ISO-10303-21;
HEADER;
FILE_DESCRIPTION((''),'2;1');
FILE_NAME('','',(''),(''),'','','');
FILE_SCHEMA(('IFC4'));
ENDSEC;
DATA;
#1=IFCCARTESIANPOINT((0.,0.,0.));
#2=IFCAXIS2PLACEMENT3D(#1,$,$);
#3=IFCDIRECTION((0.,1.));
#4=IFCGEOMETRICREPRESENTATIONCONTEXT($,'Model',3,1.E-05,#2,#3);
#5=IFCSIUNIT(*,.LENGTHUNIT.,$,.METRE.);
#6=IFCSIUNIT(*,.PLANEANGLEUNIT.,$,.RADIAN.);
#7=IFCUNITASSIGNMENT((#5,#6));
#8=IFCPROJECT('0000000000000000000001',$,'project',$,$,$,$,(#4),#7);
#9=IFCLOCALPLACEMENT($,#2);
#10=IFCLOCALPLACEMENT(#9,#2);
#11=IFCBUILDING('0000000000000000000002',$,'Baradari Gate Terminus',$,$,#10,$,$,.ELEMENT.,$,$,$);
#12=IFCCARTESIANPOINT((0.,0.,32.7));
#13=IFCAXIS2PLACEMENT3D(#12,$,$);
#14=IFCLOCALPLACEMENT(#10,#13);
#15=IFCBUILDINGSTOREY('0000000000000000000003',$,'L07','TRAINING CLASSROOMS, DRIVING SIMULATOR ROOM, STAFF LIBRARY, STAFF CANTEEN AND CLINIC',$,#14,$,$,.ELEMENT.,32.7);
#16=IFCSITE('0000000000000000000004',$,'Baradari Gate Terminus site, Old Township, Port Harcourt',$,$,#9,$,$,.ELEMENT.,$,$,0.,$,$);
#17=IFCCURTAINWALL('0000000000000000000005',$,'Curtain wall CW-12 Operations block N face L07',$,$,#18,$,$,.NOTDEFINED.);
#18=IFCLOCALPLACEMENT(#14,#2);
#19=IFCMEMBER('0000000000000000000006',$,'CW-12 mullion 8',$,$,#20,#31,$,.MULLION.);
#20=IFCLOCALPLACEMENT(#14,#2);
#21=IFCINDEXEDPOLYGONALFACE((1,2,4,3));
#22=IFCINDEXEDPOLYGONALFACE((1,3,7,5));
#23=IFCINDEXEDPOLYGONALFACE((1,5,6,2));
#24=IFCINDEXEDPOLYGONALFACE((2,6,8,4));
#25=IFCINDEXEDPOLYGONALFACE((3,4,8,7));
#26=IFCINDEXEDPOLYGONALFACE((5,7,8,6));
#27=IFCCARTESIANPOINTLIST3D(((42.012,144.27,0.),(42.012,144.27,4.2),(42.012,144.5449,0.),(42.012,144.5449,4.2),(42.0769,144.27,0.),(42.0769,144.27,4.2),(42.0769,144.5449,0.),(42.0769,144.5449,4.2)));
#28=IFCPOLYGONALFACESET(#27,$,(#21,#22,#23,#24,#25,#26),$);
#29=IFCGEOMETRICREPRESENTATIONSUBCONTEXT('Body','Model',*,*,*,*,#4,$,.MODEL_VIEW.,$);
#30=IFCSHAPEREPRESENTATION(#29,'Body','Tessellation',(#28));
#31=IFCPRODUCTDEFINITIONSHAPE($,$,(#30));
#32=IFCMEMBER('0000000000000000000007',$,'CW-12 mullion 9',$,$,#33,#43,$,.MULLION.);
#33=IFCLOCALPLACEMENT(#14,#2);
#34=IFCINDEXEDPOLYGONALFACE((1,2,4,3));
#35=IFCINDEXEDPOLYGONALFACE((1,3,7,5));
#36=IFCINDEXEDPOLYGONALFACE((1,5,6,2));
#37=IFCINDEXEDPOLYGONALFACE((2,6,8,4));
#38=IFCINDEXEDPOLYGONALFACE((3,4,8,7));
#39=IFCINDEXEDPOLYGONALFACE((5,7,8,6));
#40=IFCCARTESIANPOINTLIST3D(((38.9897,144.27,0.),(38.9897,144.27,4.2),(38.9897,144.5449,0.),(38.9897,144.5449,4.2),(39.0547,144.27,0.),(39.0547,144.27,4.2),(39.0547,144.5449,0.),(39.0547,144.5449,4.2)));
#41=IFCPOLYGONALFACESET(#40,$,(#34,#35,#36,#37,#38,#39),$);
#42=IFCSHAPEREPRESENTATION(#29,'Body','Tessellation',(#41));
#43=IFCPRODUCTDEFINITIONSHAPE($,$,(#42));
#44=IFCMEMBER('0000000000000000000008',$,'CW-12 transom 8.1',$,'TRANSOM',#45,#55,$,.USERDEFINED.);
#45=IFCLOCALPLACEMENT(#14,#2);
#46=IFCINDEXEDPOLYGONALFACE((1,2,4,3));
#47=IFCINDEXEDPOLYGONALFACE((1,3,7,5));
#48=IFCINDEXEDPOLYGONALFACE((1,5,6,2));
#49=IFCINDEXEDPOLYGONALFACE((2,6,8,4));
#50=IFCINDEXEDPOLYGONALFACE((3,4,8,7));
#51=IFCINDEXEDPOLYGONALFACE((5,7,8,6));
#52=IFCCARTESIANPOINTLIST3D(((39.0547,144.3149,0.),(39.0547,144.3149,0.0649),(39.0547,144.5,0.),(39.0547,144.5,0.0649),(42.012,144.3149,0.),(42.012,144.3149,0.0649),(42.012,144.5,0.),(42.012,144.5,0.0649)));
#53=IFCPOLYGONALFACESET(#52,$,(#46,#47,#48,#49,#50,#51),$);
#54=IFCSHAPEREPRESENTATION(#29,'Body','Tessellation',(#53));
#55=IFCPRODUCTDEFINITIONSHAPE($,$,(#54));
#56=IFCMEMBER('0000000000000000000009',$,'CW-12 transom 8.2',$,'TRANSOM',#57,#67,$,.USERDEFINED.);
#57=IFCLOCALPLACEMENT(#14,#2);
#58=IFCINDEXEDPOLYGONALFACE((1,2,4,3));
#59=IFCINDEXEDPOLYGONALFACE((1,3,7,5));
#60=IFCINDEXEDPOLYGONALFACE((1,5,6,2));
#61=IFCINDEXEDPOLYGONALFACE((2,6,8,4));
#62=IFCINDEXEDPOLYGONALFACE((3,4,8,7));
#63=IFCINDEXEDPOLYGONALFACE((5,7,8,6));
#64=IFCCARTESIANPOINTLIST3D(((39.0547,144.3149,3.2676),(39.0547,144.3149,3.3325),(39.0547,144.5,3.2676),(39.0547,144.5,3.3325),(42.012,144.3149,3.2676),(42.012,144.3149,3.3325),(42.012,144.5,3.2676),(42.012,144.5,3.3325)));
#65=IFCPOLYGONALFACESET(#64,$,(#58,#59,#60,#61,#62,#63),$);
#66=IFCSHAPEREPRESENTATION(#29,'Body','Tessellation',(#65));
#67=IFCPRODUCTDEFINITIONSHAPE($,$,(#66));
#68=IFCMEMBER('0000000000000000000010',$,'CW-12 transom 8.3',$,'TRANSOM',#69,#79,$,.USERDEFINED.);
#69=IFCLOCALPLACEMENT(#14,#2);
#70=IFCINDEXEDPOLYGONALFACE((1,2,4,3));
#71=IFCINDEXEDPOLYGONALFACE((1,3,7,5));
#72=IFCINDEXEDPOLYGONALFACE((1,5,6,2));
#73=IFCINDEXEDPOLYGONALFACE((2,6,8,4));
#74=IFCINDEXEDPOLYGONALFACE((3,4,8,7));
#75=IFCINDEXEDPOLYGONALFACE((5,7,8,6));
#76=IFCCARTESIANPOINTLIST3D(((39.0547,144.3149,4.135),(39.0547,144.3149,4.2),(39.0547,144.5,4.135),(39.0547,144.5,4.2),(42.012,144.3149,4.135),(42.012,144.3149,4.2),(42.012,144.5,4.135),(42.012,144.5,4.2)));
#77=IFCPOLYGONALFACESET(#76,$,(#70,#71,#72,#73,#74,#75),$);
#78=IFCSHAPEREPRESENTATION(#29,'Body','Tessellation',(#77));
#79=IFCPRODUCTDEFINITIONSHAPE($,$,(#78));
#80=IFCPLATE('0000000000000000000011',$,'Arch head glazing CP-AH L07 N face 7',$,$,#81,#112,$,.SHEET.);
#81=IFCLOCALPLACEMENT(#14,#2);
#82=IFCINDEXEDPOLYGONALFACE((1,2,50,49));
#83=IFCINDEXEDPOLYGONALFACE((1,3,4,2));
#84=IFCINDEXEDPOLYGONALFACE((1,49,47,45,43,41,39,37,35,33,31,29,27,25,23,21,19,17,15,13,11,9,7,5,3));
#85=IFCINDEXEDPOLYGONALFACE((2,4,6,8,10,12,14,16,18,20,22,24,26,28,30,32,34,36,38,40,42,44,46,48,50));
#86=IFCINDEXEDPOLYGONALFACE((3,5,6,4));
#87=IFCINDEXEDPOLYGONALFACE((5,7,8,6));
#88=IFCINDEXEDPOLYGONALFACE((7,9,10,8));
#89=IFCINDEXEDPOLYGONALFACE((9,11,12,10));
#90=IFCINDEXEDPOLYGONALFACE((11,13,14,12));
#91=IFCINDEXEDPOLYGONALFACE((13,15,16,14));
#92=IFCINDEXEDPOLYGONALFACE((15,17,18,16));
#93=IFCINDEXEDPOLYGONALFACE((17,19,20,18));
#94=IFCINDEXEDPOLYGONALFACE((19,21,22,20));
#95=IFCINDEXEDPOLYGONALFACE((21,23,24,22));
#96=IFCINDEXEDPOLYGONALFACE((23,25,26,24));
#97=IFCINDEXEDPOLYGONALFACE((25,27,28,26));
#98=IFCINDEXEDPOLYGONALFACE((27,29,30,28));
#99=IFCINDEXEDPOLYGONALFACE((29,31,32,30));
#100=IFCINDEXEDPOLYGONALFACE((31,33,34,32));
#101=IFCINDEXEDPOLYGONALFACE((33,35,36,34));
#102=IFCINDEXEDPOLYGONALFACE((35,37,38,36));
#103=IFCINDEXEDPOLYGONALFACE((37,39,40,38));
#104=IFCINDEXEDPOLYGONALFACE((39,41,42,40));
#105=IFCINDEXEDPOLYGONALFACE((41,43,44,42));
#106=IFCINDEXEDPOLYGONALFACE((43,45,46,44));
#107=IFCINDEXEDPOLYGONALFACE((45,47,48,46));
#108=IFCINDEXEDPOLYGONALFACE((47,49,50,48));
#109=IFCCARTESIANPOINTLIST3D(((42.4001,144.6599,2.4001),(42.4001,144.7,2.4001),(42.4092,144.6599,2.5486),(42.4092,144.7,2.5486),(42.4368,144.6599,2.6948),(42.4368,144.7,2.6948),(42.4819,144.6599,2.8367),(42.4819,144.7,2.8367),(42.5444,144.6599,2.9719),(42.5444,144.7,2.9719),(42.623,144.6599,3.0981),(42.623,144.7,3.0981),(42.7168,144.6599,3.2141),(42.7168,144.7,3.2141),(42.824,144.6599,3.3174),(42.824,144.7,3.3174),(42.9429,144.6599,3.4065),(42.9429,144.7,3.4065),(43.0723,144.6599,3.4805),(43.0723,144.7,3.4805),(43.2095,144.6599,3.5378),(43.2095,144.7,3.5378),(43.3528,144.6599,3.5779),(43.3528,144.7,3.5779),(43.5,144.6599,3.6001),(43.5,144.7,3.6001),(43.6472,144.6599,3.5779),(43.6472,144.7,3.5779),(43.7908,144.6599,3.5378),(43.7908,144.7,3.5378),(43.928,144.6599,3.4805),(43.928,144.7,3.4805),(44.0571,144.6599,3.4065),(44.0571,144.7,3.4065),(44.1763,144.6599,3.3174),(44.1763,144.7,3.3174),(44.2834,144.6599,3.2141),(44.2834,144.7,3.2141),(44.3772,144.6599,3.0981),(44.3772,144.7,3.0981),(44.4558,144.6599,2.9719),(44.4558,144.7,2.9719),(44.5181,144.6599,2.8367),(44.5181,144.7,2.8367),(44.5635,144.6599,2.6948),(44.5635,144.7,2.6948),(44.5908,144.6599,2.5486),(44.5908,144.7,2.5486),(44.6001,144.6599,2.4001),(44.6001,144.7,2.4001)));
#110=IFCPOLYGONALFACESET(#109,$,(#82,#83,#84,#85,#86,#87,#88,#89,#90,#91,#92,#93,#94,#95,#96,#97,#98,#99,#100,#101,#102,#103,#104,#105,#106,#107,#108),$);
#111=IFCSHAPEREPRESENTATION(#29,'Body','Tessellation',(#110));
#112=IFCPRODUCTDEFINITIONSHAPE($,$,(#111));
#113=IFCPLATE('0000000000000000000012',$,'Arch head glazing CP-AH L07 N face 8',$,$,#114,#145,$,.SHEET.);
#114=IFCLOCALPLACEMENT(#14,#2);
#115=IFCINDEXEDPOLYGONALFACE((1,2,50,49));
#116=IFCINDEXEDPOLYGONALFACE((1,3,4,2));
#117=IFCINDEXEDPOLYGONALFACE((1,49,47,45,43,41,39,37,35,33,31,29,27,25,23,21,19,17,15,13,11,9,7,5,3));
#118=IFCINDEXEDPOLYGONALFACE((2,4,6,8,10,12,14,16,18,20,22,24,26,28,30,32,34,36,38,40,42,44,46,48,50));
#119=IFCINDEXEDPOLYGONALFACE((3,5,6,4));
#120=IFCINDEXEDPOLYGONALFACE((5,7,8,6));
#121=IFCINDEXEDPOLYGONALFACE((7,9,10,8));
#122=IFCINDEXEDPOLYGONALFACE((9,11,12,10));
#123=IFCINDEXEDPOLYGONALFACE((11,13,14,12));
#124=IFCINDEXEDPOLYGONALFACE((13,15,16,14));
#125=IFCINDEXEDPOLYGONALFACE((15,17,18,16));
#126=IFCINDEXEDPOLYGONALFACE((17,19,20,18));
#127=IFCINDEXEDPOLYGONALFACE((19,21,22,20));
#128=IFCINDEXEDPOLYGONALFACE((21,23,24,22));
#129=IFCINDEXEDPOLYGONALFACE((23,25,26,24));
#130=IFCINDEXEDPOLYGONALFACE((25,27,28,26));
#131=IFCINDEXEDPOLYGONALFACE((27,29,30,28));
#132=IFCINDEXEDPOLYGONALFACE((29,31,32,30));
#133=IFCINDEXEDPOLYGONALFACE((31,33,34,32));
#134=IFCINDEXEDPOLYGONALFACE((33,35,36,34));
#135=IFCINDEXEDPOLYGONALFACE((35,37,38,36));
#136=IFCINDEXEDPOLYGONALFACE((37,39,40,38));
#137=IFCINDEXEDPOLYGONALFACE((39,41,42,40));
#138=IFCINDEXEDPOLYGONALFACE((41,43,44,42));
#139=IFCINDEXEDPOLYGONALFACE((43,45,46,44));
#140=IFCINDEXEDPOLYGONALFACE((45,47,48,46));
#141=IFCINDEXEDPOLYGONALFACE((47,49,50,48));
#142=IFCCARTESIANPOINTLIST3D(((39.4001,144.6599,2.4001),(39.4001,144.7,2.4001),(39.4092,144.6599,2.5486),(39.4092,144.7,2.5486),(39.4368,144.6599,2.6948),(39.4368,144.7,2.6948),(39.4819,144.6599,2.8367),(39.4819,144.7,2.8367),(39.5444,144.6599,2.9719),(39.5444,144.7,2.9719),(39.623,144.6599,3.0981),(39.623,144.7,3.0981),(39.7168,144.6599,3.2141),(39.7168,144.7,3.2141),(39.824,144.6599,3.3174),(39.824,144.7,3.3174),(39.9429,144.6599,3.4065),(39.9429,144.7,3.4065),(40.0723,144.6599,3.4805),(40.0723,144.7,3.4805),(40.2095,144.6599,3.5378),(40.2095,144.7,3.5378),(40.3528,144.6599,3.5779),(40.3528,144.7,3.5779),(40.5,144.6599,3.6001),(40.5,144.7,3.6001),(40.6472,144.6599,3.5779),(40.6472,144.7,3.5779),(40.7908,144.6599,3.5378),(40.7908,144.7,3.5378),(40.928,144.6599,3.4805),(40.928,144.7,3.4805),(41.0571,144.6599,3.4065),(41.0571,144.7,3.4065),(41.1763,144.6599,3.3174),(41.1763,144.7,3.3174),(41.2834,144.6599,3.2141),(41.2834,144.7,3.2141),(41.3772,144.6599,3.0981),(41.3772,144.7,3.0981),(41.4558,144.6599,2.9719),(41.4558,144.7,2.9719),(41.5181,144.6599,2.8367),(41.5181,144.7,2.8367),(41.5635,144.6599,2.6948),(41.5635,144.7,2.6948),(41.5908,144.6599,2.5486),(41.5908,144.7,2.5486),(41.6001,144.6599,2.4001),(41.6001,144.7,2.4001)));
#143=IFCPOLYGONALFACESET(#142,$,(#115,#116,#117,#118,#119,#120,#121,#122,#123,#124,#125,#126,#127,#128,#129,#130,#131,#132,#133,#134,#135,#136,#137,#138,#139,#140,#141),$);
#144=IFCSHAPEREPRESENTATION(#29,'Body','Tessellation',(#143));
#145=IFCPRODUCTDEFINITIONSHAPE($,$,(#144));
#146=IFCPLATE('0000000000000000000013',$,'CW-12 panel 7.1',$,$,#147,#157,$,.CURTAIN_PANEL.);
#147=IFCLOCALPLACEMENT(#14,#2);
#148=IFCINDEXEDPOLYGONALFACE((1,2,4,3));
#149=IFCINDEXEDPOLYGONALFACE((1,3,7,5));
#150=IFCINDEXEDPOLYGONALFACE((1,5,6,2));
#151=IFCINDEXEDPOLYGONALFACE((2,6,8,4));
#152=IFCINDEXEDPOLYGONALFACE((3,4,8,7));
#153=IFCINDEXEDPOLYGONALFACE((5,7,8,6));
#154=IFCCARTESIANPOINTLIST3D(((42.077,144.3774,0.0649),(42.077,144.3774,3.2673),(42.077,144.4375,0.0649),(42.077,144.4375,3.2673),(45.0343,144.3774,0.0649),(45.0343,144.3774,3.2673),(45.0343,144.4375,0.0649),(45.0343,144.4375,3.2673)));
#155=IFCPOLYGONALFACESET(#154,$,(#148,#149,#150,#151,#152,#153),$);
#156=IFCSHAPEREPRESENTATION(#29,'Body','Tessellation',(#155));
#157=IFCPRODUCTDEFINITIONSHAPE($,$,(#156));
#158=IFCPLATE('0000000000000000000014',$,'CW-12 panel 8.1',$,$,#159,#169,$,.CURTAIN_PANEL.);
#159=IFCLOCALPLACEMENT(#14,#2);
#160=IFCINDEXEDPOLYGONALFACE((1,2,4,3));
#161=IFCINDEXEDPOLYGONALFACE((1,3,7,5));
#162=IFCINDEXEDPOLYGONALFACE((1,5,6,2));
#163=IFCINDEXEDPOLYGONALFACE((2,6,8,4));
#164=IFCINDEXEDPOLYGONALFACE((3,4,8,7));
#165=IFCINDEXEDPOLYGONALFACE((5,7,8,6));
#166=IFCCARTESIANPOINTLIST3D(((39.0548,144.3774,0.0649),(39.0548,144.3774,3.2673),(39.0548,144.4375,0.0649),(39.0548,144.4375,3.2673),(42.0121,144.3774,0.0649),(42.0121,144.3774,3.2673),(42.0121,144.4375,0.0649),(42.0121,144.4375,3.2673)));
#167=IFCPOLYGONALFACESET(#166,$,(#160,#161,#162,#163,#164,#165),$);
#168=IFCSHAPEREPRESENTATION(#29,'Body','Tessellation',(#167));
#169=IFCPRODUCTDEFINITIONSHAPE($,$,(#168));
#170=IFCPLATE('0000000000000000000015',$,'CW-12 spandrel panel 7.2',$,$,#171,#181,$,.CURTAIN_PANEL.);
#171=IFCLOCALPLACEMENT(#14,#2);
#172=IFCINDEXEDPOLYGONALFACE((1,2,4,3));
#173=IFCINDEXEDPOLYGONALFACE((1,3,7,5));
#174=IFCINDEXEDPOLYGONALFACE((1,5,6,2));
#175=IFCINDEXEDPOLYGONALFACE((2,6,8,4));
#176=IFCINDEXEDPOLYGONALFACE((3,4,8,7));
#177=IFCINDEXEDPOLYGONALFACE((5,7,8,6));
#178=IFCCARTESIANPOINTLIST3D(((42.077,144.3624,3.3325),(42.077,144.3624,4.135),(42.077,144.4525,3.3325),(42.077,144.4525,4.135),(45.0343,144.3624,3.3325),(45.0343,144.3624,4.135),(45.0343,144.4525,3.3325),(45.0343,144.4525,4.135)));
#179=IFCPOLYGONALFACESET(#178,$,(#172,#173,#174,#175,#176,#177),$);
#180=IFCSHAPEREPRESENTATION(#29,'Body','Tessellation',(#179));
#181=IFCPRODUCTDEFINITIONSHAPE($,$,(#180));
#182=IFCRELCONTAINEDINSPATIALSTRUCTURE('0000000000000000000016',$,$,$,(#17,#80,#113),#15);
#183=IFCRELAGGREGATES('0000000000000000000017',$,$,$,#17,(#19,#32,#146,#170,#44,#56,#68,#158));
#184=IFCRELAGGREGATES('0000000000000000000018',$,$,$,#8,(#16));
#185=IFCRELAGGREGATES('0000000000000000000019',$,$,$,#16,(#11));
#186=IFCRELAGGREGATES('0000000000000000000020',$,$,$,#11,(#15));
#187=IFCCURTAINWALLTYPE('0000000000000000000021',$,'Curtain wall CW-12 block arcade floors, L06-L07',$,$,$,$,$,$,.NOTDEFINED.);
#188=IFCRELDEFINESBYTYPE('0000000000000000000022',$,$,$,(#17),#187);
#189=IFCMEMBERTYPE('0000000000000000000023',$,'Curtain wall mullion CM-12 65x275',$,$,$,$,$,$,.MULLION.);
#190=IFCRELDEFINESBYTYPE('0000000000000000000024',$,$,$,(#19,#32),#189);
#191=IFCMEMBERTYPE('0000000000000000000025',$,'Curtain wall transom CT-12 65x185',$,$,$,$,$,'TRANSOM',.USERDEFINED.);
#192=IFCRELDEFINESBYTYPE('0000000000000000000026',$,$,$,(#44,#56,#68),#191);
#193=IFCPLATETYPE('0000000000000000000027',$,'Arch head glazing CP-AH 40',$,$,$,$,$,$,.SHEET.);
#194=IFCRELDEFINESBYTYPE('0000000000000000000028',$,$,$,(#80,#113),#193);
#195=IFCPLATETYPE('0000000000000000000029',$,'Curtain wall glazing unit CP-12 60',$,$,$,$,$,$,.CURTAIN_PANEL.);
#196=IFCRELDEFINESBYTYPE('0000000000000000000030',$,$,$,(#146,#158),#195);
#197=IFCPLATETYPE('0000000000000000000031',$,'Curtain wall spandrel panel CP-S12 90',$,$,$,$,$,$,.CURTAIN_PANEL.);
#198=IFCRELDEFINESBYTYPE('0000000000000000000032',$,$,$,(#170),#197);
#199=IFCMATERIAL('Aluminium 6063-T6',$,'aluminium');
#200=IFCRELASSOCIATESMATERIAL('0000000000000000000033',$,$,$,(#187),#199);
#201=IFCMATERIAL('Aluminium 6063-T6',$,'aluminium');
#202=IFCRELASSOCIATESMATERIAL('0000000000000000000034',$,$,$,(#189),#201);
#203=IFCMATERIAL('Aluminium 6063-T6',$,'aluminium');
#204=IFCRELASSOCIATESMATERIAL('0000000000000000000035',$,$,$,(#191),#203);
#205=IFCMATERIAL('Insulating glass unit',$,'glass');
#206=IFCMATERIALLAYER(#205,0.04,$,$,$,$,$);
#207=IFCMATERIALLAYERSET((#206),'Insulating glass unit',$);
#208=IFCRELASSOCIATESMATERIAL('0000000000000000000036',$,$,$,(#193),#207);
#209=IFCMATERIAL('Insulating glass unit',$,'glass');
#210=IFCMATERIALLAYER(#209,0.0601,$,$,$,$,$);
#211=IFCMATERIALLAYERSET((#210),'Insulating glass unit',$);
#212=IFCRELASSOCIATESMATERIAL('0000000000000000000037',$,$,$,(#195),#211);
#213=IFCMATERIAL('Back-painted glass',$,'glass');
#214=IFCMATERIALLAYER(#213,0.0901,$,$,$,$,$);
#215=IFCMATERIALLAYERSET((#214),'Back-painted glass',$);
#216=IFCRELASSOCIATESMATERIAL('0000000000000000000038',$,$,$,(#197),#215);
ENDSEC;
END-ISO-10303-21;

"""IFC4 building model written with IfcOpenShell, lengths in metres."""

from ifc_helpers import new_model, si_unit, direction, frame, origin, origin_2d, place, context, subcontext, project, spatial, polyline, rectangle, outline, extrude, material, layer, layer_set, material_profile, profile_set, type_object, element, aggregate, save


model = new_model("IFC4")

# Units and contexts
model_context = context("Model", 3, precision=1e-05, world=origin(), true_north=direction((0.0, 1.0)))
body_context = subcontext(model_context, "Body", "Model", "MODEL_VIEW")
ifc_project = project(units=[si_unit("LENGTHUNIT", "METRE"), si_unit("PLANEANGLEUNIT", "RADIAN")], contexts=[model_context])

# Site, building, storey
site_placement = place(None, origin())
site = spatial("IfcSite", under=ifc_project, at=site_placement, Name="Baradari Gate Terminus site, Old Township, Port Harcourt", CompositionType="ELEMENT", RefElevation=0.0)
building_placement = place(site_placement, origin())
building = spatial("IfcBuilding", under=site, at=building_placement, Name="Baradari Gate Terminus", CompositionType="ELEMENT")
storey_placement = place(building_placement, frame((0.0, 0.0, 32.7)))
storey = spatial("IfcBuildingStorey", under=building, at=storey_placement, Name="L07", Description="TRAINING CLASSROOMS, DRIVING SIMULATOR ROOM, STAFF LIBRARY, STAFF CANTEEN AND CLINIC", CompositionType="ELEMENT", Elevation=32.7)

# Curtain wall, members
ifc_material_1 = material(Name="Aluminium 6063-T6", Category="aluminium")
curtain_wall_type = type_object("IfcCurtainWallType", Name="Curtain wall CW-12 block arcade floors, L06-L07", PredefinedType="NOTDEFINED", material=ifc_material_1)
curtain_wall_placement = place(storey_placement, origin())
curtain_wall = element("IfcCurtainWall", 1, at=curtain_wall_placement, inside=storey, type_object=curtain_wall_type, Name="Curtain wall CW-12 Operations block N face L07", PredefinedType="NOTDEFINED")
ifc_material_2 = material(Name="Aluminium 6063-T6", Category="aluminium")
ifc_material_profile_1 = material_profile(ifc_material_2, rectangle(XDim=0.2749, YDim=0.0649, at=origin_2d()), Name="CM-12 65X275")
ifc_profile_set_1 = profile_set([ifc_material_profile_1], Name="Aluminium 6063-T6")
member_type_1 = type_object("IfcMemberType", Name="Curtain wall mullion CM-12 65x275", PredefinedType="MULLION", material=ifc_profile_set_1)
member_1_placement = place(storey_placement, frame((42.0444, 144.4075, 0.0), z_axis=(0.0, 0.0, 1.0), x_axis=(0.0, -1.0, 0.0)))
member_1 = element("IfcMember", 2, at=member_1_placement, type_object=member_type_1, Name="CW-12 mullion 8", PredefinedType="MULLION", context=body_context, shape_type="SweptSolid", body=[
    extrude(rectangle(XDim=0.2749, YDim=0.0649, at=origin_2d()), origin(), (0.0, 0.0, 1.0), 4.2),
])
member_2_placement = place(storey_placement, frame((39.0222, 144.4075, 0.0), z_axis=(0.0, 0.0, 1.0), x_axis=(0.0, -1.0, 0.0)))
member_2 = element("IfcMember", 3, at=member_2_placement, type_object=member_type_1, Name="CW-12 mullion 9", PredefinedType="MULLION", context=body_context, shape_type="SweptSolid", body=[
    extrude(rectangle(XDim=0.2749, YDim=0.0649, at=origin_2d()), origin(), (0.0, 0.0, 1.0), 4.2),
])
ifc_material_3 = material(Name="Aluminium 6063-T6", Category="aluminium")
ifc_material_profile_2 = material_profile(ifc_material_3, rectangle(XDim=0.1851, YDim=0.0649, at=origin_2d()), Name="CT-12 65X185")
ifc_profile_set_2 = profile_set([ifc_material_profile_2], Name="Aluminium 6063-T6")
member_type_2 = type_object("IfcMemberType", Name="Curtain wall transom CT-12 65x185", ElementType="TRANSOM", PredefinedType="USERDEFINED", material=ifc_profile_set_2)
member_3_placement = place(storey_placement, frame((42.012, 144.4075, 0.0325), z_axis=(-1.0, 0.0, 0.0), x_axis=(0.0, -1.0, 0.0)))
member_3 = element("IfcMember", 4, at=member_3_placement, type_object=member_type_2, Name="CW-12 transom 8.1", ObjectType="TRANSOM", PredefinedType="USERDEFINED", context=body_context, shape_type="SweptSolid", body=[
    extrude(rectangle(XDim=0.1851, YDim=0.0649, at=origin_2d()), origin(), (0.0, 0.0, 1.0), 2.9573),
])
member_4_placement = place(storey_placement, frame((42.012, 144.4075, 3.3), z_axis=(-1.0, 0.0, 0.0), x_axis=(0.0, -1.0, 0.0)))
member_4 = element("IfcMember", 5, at=member_4_placement, type_object=member_type_2, Name="CW-12 transom 8.2", ObjectType="TRANSOM", PredefinedType="USERDEFINED", context=body_context, shape_type="SweptSolid", body=[
    extrude(rectangle(XDim=0.1851, YDim=0.0649, at=origin_2d()), origin(), (0.0, 0.0, 1.0), 2.9573),
])
member_5_placement = place(storey_placement, frame((42.012, 144.4075, 4.1675), z_axis=(-1.0, 0.0, 0.0), x_axis=(0.0, -1.0, 0.0)))
member_5 = element("IfcMember", 6, at=member_5_placement, type_object=member_type_2, Name="CW-12 transom 8.3", ObjectType="TRANSOM", PredefinedType="USERDEFINED", context=body_context, shape_type="SweptSolid", body=[
    extrude(rectangle(XDim=0.1851, YDim=0.0649, at=origin_2d()), origin(), (0.0, 0.0, 1.0), 2.9573),
])

# Plates
ifc_material_4 = material(Name="Insulating glass unit", Category="glass")
ifc_layer_1 = layer(ifc_material_4, 0.04)
ifc_layer_set_1 = layer_set([ifc_layer_1], Name="Insulating glass unit")
plate_type_1 = type_object("IfcPlateType", Name="Arch head glazing CP-AH 40", PredefinedType="SHEET", material=ifc_layer_set_1)
for number, where, z_axis, x_axis, name in (
    (7, (44.6001, 144.6799, 2.4001), (0.0, 0.0, 1.0), (-1.0, 0.0, 0.0), "Arch head glazing CP-AH L07 N face 7"),
    (8, (41.6001, 144.6799, 2.4001), (0.0, 0.0, 1.0), (-1.0, 0.0, 0.0), "Arch head glazing CP-AH L07 N face 8"),
):
    element("IfcPlate", number, at=place(storey_placement, frame(where, z_axis=z_axis, x_axis=x_axis)), inside=storey, type_object=plate_type_1, Name=name, PredefinedType="SHEET", context=body_context, shape_type="SweptSolid", body=[
        extrude(outline(polyline([(0.0, 0.0), (2.2, 0.0), (2.1909, 0.1484), (2.1633, 0.2947), (2.1182, 0.4365), (2.0557, 0.5718), (1.9771, 0.698), (1.8833, 0.814), (1.7761, 0.9172), (1.6572, 1.0063), (1.5278, 1.0803), (1.3906, 1.1377), (1.2473, 1.1777), (1.1001, 1.2), (0.9529, 1.1777), (0.8093, 1.1377), (0.6721, 1.0803), (0.543, 1.0063), (0.4238, 0.9172), (0.3167, 0.814), (0.2229, 0.698), (0.1443, 0.5718), (0.082, 0.4365), (0.0366, 0.2947), (0.0093, 0.1484), (0.0, 0.0)])), frame((0.0, 0.02, 0.0), z_axis=(0.0, -1.0, 0.0), x_axis=(1.0, 0.0, 0.0)), (0.0, 0.0, 1.0), 0.04),
    ])

# Plates
ifc_material_5 = material(Name="Insulating glass unit", Category="glass")
ifc_layer_2 = layer(ifc_material_5, 0.0601)
ifc_layer_set_2 = layer_set([ifc_layer_2], Name="Insulating glass unit")
plate_type_2 = type_object("IfcPlateType", Name="Curtain wall glazing unit CP-12 60", PredefinedType="CURTAIN_PANEL", material=ifc_layer_set_2)
plate_1_placement = place(storey_placement, frame((43.5557, 144.4075, 0.0649), z_axis=(0.0, 0.0, 1.0), x_axis=(-1.0, 0.0, 0.0)))
plate_1 = element("IfcPlate", 9, at=plate_1_placement, type_object=plate_type_2, Name="CW-12 panel 7.1", PredefinedType="CURTAIN_PANEL", context=body_context, shape_type="SweptSolid", body=[
    extrude(rectangle(XDim=2.9573, YDim=0.0601, at=origin_2d()), origin(), (0.0, 0.0, 1.0), 3.2024),
])
plate_2_placement = place(storey_placement, frame((40.5334, 144.4075, 0.0649), z_axis=(0.0, 0.0, 1.0), x_axis=(-1.0, 0.0, 0.0)))
plate_2 = element("IfcPlate", 10, at=plate_2_placement, type_object=plate_type_2, Name="CW-12 panel 8.1", PredefinedType="CURTAIN_PANEL", context=body_context, shape_type="SweptSolid", body=[
    extrude(rectangle(XDim=2.9573, YDim=0.0601, at=origin_2d()), origin(), (0.0, 0.0, 1.0), 3.2024),
])
ifc_material_6 = material(Name="Back-painted glass", Category="glass")
ifc_layer_3 = layer(ifc_material_6, 0.0901)
ifc_layer_set_3 = layer_set([ifc_layer_3], Name="Back-painted glass")
plate_type_3 = type_object("IfcPlateType", Name="Curtain wall spandrel panel CP-S12 90", PredefinedType="CURTAIN_PANEL", material=ifc_layer_set_3)
plate_3_placement = place(storey_placement, frame((43.5557, 144.4075, 3.3325), z_axis=(0.0, 0.0, 1.0), x_axis=(-1.0, 0.0, 0.0)))
plate_3 = element("IfcPlate", 11, at=plate_3_placement, type_object=plate_type_3, Name="CW-12 spandrel panel 7.2", PredefinedType="CURTAIN_PANEL", context=body_context, shape_type="SweptSolid", body=[
    extrude(rectangle(XDim=2.9573, YDim=0.0901, at=origin_2d()), origin(), (0.0, 0.0, 1.0), 0.8025),
])
aggregate(curtain_wall, [member_1, member_2, plate_1, plate_3, member_3, member_4, member_5, plate_2])

save(model, "model.ifc")
